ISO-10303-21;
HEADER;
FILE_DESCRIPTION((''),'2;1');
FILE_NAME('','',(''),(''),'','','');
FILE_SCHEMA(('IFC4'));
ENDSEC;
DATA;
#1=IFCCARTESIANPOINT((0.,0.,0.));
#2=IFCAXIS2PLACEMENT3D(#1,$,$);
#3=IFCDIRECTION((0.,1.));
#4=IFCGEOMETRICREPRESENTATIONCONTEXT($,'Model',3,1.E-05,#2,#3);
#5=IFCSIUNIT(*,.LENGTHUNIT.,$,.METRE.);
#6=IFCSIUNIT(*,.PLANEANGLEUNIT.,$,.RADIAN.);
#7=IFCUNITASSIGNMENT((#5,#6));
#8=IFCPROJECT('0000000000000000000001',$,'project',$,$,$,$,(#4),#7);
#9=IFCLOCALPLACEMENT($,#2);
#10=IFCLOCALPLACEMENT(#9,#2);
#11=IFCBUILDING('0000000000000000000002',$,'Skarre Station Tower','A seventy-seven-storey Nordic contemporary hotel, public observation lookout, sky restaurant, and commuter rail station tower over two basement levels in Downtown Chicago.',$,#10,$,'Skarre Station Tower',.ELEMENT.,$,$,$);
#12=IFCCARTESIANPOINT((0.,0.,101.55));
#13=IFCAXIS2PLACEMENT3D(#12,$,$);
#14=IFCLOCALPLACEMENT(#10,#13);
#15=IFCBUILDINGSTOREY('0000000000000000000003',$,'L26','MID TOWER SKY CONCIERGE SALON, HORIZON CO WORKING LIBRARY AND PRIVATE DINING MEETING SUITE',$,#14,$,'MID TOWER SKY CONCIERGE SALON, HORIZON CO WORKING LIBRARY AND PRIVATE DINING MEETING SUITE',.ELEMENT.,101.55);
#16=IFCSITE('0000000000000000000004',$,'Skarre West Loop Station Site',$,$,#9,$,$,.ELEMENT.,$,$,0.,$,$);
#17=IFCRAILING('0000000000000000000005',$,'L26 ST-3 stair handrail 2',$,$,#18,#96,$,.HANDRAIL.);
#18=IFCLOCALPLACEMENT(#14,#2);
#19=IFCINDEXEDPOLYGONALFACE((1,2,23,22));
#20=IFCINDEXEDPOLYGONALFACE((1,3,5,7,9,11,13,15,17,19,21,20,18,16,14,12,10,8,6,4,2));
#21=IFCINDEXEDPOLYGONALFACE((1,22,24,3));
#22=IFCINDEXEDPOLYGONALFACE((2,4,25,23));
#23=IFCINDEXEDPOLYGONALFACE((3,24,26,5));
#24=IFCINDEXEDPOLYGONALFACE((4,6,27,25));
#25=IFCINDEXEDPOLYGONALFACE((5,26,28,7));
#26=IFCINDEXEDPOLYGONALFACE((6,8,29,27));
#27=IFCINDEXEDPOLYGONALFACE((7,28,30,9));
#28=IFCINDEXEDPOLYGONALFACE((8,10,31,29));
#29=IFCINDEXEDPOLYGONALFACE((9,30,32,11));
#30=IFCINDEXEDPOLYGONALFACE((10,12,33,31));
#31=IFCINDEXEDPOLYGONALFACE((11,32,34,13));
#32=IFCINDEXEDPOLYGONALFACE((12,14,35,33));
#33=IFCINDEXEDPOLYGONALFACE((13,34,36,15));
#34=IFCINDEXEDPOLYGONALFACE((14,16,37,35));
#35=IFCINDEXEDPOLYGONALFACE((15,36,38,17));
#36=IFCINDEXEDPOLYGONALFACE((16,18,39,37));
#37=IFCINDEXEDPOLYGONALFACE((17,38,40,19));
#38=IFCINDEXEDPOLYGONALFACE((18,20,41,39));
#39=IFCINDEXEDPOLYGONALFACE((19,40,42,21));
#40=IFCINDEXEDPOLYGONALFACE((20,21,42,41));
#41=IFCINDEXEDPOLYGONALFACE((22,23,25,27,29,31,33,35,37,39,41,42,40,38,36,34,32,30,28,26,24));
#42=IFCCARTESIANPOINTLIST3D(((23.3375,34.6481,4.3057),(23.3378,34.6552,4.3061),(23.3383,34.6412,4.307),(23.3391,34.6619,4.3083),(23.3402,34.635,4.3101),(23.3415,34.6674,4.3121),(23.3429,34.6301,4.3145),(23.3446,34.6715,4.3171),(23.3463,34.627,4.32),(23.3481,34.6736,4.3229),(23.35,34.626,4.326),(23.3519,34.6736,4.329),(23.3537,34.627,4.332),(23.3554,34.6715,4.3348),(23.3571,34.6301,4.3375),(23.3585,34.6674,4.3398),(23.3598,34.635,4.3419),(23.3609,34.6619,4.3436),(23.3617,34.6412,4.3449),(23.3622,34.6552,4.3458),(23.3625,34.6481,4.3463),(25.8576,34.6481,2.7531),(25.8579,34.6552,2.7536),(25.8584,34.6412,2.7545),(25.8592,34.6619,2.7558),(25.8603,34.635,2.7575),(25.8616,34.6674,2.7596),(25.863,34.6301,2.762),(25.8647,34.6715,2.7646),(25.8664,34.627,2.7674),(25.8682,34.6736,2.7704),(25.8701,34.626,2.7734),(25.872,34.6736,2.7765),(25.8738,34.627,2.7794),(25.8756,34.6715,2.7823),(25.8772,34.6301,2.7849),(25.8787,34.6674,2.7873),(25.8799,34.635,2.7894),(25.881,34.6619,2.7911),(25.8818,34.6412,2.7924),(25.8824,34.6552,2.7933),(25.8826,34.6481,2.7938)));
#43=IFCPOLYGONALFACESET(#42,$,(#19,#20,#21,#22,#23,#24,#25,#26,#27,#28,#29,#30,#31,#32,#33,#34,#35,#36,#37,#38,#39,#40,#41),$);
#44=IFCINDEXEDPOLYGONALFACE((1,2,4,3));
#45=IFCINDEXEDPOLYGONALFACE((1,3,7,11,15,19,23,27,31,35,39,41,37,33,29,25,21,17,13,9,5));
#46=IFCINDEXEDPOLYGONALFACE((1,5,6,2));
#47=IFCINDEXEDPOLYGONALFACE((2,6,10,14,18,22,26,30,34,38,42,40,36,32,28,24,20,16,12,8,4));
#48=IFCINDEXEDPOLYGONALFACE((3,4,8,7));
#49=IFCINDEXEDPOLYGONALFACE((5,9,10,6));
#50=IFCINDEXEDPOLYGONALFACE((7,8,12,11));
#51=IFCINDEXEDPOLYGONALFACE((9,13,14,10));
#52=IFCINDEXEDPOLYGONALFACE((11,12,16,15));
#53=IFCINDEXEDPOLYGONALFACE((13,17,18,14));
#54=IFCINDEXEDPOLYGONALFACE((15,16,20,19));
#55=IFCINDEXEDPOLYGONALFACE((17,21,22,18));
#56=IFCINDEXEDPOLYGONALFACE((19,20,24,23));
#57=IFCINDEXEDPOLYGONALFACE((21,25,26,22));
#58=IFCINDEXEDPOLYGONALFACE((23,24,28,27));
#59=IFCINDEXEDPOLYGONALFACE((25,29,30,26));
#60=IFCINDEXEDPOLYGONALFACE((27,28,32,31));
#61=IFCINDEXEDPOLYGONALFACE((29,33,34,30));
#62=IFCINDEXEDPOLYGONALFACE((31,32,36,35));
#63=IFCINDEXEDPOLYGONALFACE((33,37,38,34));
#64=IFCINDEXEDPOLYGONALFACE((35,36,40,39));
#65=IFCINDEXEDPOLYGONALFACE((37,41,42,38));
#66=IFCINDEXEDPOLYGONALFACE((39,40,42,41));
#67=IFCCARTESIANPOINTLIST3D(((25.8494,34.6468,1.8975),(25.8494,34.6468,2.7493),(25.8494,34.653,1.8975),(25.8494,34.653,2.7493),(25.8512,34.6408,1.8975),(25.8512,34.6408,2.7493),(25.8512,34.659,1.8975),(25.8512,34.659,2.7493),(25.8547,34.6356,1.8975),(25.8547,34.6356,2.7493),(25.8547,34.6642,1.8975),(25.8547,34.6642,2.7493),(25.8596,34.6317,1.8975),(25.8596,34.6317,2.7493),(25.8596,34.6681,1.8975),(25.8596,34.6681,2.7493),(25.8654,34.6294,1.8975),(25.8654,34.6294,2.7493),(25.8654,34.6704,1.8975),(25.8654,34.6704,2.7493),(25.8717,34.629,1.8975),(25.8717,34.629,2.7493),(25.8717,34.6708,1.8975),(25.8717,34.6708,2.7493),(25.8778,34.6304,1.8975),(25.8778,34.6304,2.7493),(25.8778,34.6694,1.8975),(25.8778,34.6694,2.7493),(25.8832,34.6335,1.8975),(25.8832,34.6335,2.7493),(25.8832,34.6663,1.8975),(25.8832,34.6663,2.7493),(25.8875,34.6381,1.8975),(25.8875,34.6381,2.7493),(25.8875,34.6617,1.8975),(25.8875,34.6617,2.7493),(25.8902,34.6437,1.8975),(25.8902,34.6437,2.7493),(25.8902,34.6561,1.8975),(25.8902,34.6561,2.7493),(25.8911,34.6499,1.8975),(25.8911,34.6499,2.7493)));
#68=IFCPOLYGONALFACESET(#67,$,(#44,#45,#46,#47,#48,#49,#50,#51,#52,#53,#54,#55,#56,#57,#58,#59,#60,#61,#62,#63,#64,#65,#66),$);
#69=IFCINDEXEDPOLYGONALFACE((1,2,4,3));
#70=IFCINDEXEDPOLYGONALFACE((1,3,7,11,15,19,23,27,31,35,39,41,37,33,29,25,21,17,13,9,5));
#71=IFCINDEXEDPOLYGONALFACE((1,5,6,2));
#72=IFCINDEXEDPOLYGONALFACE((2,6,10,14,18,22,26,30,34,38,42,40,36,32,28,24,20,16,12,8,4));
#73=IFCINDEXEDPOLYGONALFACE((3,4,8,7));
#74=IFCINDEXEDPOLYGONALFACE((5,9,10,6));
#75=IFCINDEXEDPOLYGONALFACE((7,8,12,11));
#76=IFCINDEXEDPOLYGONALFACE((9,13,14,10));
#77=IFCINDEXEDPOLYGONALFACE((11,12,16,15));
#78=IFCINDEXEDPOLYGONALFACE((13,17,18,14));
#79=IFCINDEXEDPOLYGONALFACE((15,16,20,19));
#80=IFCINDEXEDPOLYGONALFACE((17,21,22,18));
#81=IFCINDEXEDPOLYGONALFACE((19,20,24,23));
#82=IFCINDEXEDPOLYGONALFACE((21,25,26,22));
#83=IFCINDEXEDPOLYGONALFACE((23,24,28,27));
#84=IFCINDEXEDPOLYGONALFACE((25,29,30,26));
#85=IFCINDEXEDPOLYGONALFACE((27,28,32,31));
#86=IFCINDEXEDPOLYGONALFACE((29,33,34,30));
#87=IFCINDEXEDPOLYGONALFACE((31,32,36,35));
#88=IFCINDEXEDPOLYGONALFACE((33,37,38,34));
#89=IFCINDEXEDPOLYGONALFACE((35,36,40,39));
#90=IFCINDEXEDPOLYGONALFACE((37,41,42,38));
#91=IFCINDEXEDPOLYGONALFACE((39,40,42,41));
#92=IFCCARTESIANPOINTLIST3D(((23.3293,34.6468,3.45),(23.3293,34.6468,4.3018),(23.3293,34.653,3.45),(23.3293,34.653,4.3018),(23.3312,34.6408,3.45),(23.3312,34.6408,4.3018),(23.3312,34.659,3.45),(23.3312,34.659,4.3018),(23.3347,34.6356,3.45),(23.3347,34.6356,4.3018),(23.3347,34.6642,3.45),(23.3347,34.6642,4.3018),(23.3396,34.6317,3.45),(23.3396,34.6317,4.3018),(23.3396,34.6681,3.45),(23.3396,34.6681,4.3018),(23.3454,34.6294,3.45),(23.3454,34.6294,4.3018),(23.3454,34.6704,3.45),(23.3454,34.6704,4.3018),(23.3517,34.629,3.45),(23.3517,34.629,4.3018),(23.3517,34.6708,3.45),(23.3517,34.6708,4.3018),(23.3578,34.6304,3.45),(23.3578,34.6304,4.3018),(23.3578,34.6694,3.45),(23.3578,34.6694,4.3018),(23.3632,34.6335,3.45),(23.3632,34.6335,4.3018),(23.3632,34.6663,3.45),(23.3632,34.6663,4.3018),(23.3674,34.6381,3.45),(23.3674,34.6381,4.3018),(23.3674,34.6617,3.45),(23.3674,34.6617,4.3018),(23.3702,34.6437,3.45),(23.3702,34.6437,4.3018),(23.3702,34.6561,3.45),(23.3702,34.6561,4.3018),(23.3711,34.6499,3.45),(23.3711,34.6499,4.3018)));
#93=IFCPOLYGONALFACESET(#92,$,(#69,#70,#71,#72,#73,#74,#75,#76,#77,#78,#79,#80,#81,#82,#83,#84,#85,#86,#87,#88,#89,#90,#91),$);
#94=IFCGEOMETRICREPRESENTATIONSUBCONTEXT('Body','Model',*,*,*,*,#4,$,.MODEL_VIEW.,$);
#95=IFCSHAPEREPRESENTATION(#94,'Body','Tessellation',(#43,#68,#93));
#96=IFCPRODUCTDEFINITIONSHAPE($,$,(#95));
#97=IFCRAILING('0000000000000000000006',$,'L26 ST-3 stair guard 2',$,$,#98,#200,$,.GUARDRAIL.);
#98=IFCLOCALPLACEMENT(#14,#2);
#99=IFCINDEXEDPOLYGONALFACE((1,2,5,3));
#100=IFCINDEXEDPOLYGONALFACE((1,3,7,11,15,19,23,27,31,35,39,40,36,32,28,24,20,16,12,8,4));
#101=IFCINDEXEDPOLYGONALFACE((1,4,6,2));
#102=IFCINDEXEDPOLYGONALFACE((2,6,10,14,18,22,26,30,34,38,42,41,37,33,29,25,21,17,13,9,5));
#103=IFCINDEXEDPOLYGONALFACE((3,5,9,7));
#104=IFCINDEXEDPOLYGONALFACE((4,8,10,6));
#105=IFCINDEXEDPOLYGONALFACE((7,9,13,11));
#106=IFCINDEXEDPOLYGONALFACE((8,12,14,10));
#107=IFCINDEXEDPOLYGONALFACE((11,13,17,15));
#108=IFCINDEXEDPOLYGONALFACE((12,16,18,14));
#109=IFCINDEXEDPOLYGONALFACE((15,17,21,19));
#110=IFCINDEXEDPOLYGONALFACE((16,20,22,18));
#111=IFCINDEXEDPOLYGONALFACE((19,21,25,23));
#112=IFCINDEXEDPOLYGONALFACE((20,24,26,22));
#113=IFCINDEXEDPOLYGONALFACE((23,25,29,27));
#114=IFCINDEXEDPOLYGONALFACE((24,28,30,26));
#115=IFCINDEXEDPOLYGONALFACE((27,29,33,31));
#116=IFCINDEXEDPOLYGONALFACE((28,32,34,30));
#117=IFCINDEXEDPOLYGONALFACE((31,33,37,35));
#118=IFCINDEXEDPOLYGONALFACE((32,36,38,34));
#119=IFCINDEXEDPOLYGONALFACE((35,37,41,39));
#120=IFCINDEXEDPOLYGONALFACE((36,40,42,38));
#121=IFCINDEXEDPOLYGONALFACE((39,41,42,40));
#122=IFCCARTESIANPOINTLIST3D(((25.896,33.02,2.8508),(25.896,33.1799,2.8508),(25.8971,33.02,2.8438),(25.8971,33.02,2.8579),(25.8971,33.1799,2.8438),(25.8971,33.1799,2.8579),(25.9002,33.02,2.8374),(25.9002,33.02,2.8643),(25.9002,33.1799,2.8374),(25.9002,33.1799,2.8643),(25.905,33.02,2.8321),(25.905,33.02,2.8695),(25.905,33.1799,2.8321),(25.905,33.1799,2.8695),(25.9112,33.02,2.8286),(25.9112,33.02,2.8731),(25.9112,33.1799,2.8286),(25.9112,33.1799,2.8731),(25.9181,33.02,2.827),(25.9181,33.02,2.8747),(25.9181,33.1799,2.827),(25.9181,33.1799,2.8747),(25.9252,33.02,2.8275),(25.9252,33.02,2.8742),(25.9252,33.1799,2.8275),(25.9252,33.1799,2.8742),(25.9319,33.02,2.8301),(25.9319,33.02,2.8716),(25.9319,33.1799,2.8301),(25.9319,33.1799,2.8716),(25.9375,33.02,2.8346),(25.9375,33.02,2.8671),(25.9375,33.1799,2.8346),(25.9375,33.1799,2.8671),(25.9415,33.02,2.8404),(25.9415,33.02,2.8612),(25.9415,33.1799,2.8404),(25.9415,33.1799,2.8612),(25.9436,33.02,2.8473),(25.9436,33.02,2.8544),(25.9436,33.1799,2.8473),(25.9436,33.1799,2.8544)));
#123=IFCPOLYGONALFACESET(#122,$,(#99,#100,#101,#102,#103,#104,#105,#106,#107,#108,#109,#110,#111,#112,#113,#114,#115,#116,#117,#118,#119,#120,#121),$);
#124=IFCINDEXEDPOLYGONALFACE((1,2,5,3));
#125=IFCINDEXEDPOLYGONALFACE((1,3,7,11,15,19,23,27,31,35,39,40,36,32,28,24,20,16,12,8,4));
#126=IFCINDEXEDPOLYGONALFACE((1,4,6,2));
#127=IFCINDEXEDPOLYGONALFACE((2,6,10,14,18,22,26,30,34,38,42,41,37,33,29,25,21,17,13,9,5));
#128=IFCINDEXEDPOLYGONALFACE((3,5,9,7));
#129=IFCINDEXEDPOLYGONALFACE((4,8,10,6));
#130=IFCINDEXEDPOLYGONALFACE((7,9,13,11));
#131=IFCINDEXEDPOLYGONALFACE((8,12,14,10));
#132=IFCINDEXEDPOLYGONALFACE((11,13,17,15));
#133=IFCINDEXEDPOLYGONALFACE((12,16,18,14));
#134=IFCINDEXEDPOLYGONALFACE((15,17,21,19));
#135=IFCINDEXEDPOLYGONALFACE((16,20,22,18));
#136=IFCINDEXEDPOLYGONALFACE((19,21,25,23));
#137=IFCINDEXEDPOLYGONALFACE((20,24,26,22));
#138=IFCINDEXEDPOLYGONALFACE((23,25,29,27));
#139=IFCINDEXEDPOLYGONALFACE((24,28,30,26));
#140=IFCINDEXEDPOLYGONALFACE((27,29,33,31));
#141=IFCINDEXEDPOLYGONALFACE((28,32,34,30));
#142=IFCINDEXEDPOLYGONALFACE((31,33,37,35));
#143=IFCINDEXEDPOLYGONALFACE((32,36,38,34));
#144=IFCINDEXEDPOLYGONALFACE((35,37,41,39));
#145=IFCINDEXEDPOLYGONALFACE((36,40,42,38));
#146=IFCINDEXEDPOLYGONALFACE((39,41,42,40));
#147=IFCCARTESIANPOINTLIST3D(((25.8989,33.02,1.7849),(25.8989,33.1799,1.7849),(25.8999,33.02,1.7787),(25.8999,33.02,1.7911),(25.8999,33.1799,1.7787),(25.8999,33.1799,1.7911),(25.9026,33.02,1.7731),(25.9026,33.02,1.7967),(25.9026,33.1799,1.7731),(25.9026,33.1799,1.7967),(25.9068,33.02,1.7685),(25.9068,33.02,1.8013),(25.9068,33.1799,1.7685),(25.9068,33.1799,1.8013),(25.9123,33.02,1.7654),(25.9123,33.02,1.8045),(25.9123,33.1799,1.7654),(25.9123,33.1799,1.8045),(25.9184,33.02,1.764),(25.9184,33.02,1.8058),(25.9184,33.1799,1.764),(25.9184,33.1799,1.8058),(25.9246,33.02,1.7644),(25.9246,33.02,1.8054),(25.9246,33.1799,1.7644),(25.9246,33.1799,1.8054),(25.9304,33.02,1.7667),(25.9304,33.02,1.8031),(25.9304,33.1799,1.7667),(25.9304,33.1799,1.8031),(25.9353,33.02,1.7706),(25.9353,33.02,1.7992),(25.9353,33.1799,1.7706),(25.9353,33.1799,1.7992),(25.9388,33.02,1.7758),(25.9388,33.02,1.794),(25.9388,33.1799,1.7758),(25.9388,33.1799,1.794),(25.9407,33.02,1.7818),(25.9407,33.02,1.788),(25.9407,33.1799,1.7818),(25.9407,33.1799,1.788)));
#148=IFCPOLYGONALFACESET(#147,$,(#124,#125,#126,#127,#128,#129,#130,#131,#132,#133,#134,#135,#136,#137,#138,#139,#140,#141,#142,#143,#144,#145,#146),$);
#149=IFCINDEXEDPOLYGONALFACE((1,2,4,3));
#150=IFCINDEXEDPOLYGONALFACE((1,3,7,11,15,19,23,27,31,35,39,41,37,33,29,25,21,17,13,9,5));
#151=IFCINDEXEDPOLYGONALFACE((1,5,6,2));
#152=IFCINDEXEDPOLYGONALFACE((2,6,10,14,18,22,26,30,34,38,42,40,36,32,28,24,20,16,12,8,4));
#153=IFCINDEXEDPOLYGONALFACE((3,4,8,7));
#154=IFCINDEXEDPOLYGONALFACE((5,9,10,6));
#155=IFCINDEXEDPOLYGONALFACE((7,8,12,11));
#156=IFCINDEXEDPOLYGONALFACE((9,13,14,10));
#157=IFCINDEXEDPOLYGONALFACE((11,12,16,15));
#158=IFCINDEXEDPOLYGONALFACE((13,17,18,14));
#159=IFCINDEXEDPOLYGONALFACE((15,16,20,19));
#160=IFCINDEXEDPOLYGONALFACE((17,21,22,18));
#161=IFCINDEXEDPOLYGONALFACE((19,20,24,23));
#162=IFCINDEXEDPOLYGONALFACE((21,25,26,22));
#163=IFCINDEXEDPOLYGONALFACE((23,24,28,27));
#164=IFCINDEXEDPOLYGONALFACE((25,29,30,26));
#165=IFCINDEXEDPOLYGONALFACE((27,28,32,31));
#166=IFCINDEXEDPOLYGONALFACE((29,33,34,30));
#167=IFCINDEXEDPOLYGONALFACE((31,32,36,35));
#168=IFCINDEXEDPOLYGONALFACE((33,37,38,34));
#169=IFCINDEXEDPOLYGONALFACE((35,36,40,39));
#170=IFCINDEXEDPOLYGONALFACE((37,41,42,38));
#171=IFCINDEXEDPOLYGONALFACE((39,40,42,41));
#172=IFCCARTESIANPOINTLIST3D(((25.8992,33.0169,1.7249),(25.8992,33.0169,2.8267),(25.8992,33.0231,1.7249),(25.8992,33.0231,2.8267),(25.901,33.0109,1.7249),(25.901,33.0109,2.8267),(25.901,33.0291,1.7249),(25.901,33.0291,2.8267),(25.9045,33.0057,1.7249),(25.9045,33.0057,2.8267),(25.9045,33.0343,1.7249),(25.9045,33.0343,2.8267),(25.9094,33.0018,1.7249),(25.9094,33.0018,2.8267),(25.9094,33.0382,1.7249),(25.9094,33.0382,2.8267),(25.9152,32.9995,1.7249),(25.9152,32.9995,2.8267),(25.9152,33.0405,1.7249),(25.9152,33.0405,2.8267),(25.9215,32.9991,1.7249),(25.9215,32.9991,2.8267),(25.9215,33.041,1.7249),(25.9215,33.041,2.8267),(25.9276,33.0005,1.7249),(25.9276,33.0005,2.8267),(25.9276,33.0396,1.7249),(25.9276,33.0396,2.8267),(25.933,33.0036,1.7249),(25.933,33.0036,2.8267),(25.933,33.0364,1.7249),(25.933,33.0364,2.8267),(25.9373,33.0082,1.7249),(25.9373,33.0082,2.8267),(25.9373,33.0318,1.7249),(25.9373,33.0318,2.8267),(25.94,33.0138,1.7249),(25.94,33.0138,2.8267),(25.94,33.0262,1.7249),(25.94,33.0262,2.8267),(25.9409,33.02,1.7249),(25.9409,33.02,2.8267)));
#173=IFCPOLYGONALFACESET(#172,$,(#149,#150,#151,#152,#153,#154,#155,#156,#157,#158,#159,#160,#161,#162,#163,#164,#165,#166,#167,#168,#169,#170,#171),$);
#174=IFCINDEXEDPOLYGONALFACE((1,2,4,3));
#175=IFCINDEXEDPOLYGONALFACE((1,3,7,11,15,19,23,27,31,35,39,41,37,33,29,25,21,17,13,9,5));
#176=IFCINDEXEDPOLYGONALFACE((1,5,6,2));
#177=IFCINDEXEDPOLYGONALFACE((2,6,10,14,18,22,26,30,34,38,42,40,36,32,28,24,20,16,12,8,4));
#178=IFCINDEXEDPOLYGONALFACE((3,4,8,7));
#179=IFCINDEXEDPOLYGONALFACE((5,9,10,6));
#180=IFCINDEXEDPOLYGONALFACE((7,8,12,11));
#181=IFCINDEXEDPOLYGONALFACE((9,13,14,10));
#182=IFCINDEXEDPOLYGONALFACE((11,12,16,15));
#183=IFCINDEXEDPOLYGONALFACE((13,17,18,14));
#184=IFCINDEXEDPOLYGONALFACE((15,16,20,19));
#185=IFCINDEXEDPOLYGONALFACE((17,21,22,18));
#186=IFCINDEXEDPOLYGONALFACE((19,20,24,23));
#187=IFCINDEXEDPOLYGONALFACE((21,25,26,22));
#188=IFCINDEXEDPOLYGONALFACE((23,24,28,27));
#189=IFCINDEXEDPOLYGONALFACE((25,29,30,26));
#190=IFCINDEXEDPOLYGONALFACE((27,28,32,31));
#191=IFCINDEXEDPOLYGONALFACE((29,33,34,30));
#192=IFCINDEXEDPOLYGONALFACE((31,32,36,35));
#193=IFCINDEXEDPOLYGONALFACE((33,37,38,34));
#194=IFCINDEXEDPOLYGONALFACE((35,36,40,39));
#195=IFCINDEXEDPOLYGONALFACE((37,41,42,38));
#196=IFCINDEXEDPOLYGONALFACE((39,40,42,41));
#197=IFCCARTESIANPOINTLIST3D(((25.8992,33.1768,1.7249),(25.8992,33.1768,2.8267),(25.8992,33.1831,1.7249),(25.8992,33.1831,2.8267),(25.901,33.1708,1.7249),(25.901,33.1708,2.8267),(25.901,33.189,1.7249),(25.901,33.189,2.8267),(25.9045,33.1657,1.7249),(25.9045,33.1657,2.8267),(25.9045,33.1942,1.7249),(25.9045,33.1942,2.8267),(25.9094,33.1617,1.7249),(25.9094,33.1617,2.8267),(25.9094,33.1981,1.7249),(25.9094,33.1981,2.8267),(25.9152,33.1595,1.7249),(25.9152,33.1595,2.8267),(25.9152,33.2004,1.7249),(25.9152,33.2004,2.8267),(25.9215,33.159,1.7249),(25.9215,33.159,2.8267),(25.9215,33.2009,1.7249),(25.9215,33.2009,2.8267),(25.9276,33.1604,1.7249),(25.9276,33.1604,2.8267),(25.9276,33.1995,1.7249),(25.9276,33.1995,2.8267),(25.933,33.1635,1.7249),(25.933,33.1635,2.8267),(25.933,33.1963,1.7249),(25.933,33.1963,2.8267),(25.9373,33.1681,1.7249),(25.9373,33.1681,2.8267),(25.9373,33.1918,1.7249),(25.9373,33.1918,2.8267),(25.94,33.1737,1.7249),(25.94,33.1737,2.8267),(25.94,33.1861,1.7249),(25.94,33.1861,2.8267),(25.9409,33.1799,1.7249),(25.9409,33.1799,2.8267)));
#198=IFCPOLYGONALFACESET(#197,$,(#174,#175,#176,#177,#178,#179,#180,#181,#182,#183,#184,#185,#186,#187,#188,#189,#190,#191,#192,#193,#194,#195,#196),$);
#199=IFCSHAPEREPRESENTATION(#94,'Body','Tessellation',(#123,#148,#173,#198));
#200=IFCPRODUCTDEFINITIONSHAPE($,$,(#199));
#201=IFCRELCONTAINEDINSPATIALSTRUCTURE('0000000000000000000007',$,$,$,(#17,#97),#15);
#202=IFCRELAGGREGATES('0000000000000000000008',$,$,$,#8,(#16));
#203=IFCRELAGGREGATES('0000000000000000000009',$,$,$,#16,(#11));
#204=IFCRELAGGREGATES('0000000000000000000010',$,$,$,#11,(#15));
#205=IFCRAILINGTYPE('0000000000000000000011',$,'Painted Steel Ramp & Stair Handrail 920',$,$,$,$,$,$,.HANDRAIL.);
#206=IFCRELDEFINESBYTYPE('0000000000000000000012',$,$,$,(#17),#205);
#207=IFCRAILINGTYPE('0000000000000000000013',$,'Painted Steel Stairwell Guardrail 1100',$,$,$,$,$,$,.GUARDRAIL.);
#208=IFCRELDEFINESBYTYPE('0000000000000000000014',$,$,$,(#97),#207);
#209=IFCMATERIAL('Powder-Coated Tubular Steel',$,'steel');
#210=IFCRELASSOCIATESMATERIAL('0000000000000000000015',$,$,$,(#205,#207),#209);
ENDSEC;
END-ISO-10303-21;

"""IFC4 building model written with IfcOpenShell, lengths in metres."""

from ifc_helpers import new_model, si_unit, direction, frame, origin, origin_2d, place, context, subcontext, project, spatial, circle, extrude, material, type_object, element, save


model = new_model("IFC4")

# Units and contexts
model_context = context("Model", 3, precision=1e-05, world=origin(), true_north=direction((0.0, 1.0)))
body_context = subcontext(model_context, "Body", "Model", "MODEL_VIEW")
ifc_project = project(units=[si_unit("LENGTHUNIT", "METRE"), si_unit("PLANEANGLEUNIT", "RADIAN")], contexts=[model_context])

# Site, building, storey
site_placement = place(None, origin())
site = spatial("IfcSite", under=ifc_project, at=site_placement, Name="Skarre West Loop Station Site", CompositionType="ELEMENT", RefElevation=0.0)
building_placement = place(site_placement, origin())
building = spatial("IfcBuilding", under=site, at=building_placement, Name="Skarre Station Tower", Description="A seventy-seven-storey Nordic contemporary hotel, public observation lookout, sky restaurant, and commuter rail station tower over two basement levels in Downtown Chicago.", LongName="Skarre Station Tower", CompositionType="ELEMENT")
storey_placement = place(building_placement, frame((0.0, 0.0, 101.55)))
storey = spatial("IfcBuildingStorey", under=building, at=storey_placement, Name="L26", Description="MID TOWER SKY CONCIERGE SALON, HORIZON CO WORKING LIBRARY AND PRIVATE DINING MEETING SUITE", LongName="MID TOWER SKY CONCIERGE SALON, HORIZON CO WORKING LIBRARY AND PRIVATE DINING MEETING SUITE", CompositionType="ELEMENT", Elevation=101.55)

# Railings
ifc_material_1 = material(Name="Powder-Coated Tubular Steel", Category="steel")
railing_type_1 = type_object("IfcRailingType", Name="Painted Steel Ramp & Stair Handrail 920", PredefinedType="HANDRAIL", material=ifc_material_1)
railing_1_placement = place(storey_placement, frame((25.8701, 34.6499, 1.8975)))
element("IfcRailing", 1, at=railing_1_placement, inside=storey, type_object=railing_type_1, Name="L26 ST-3 stair handrail 2", PredefinedType="HANDRAIL", context=body_context, shape_type="SweptSolid", body=[
    extrude(circle(Radius=0.0239, at=origin_2d()), frame((0.0, 0.0, 0.876), z_axis=(-0.8514, 0.0, 0.524516), x_axis=(0.0, -1.0, 0.0)), (0.0, 0.0, 1.0), 2.96),
    extrude(circle(Radius=0.021, at=origin_2d()), origin(), (0.0, 0.0, 1.0), 0.8518),
    extrude(circle(Radius=0.021, at=origin_2d()), frame((-2.52, 0.0, 1.5525)), (0.0, 0.0, 1.0), 0.8518),
])
railing_type_2 = type_object("IfcRailingType", Name="Painted Steel Stairwell Guardrail 1100", PredefinedType="GUARDRAIL", material=ifc_material_1)
railing_2_placement = place(storey_placement, frame((25.9199, 33.02, 1.7249)))
element("IfcRailing", 2, at=railing_2_placement, inside=storey, type_object=railing_type_2, Name="L26 ST-3 stair guard 2", PredefinedType="GUARDRAIL", context=body_context, shape_type="SweptSolid", body=[
    extrude(circle(Radius=0.0239, at=origin_2d()), frame((0.0, 0.0, 1.126), z_axis=(0.0, 1.0, 0.0), x_axis=(-1.0, 0.0, 0.0)), (0.0, 0.0, 1.0), 0.1599),
    extrude(circle(Radius=0.021, at=origin_2d()), frame((0.0, 0.0, 0.0601), z_axis=(0.0, 1.0, 0.0), x_axis=(-1.0, 0.0, 0.0)), (0.0, 0.0, 1.0), 0.1599),
    extrude(circle(Radius=0.021, at=origin_2d()), origin(), (0.0, 0.0, 1.0), 1.1018),
    extrude(circle(Radius=0.021, at=origin_2d()), frame((0.0, 0.1599, 0.0)), (0.0, 0.0, 1.0), 1.1018),
])

save(model, "model.ifc")
